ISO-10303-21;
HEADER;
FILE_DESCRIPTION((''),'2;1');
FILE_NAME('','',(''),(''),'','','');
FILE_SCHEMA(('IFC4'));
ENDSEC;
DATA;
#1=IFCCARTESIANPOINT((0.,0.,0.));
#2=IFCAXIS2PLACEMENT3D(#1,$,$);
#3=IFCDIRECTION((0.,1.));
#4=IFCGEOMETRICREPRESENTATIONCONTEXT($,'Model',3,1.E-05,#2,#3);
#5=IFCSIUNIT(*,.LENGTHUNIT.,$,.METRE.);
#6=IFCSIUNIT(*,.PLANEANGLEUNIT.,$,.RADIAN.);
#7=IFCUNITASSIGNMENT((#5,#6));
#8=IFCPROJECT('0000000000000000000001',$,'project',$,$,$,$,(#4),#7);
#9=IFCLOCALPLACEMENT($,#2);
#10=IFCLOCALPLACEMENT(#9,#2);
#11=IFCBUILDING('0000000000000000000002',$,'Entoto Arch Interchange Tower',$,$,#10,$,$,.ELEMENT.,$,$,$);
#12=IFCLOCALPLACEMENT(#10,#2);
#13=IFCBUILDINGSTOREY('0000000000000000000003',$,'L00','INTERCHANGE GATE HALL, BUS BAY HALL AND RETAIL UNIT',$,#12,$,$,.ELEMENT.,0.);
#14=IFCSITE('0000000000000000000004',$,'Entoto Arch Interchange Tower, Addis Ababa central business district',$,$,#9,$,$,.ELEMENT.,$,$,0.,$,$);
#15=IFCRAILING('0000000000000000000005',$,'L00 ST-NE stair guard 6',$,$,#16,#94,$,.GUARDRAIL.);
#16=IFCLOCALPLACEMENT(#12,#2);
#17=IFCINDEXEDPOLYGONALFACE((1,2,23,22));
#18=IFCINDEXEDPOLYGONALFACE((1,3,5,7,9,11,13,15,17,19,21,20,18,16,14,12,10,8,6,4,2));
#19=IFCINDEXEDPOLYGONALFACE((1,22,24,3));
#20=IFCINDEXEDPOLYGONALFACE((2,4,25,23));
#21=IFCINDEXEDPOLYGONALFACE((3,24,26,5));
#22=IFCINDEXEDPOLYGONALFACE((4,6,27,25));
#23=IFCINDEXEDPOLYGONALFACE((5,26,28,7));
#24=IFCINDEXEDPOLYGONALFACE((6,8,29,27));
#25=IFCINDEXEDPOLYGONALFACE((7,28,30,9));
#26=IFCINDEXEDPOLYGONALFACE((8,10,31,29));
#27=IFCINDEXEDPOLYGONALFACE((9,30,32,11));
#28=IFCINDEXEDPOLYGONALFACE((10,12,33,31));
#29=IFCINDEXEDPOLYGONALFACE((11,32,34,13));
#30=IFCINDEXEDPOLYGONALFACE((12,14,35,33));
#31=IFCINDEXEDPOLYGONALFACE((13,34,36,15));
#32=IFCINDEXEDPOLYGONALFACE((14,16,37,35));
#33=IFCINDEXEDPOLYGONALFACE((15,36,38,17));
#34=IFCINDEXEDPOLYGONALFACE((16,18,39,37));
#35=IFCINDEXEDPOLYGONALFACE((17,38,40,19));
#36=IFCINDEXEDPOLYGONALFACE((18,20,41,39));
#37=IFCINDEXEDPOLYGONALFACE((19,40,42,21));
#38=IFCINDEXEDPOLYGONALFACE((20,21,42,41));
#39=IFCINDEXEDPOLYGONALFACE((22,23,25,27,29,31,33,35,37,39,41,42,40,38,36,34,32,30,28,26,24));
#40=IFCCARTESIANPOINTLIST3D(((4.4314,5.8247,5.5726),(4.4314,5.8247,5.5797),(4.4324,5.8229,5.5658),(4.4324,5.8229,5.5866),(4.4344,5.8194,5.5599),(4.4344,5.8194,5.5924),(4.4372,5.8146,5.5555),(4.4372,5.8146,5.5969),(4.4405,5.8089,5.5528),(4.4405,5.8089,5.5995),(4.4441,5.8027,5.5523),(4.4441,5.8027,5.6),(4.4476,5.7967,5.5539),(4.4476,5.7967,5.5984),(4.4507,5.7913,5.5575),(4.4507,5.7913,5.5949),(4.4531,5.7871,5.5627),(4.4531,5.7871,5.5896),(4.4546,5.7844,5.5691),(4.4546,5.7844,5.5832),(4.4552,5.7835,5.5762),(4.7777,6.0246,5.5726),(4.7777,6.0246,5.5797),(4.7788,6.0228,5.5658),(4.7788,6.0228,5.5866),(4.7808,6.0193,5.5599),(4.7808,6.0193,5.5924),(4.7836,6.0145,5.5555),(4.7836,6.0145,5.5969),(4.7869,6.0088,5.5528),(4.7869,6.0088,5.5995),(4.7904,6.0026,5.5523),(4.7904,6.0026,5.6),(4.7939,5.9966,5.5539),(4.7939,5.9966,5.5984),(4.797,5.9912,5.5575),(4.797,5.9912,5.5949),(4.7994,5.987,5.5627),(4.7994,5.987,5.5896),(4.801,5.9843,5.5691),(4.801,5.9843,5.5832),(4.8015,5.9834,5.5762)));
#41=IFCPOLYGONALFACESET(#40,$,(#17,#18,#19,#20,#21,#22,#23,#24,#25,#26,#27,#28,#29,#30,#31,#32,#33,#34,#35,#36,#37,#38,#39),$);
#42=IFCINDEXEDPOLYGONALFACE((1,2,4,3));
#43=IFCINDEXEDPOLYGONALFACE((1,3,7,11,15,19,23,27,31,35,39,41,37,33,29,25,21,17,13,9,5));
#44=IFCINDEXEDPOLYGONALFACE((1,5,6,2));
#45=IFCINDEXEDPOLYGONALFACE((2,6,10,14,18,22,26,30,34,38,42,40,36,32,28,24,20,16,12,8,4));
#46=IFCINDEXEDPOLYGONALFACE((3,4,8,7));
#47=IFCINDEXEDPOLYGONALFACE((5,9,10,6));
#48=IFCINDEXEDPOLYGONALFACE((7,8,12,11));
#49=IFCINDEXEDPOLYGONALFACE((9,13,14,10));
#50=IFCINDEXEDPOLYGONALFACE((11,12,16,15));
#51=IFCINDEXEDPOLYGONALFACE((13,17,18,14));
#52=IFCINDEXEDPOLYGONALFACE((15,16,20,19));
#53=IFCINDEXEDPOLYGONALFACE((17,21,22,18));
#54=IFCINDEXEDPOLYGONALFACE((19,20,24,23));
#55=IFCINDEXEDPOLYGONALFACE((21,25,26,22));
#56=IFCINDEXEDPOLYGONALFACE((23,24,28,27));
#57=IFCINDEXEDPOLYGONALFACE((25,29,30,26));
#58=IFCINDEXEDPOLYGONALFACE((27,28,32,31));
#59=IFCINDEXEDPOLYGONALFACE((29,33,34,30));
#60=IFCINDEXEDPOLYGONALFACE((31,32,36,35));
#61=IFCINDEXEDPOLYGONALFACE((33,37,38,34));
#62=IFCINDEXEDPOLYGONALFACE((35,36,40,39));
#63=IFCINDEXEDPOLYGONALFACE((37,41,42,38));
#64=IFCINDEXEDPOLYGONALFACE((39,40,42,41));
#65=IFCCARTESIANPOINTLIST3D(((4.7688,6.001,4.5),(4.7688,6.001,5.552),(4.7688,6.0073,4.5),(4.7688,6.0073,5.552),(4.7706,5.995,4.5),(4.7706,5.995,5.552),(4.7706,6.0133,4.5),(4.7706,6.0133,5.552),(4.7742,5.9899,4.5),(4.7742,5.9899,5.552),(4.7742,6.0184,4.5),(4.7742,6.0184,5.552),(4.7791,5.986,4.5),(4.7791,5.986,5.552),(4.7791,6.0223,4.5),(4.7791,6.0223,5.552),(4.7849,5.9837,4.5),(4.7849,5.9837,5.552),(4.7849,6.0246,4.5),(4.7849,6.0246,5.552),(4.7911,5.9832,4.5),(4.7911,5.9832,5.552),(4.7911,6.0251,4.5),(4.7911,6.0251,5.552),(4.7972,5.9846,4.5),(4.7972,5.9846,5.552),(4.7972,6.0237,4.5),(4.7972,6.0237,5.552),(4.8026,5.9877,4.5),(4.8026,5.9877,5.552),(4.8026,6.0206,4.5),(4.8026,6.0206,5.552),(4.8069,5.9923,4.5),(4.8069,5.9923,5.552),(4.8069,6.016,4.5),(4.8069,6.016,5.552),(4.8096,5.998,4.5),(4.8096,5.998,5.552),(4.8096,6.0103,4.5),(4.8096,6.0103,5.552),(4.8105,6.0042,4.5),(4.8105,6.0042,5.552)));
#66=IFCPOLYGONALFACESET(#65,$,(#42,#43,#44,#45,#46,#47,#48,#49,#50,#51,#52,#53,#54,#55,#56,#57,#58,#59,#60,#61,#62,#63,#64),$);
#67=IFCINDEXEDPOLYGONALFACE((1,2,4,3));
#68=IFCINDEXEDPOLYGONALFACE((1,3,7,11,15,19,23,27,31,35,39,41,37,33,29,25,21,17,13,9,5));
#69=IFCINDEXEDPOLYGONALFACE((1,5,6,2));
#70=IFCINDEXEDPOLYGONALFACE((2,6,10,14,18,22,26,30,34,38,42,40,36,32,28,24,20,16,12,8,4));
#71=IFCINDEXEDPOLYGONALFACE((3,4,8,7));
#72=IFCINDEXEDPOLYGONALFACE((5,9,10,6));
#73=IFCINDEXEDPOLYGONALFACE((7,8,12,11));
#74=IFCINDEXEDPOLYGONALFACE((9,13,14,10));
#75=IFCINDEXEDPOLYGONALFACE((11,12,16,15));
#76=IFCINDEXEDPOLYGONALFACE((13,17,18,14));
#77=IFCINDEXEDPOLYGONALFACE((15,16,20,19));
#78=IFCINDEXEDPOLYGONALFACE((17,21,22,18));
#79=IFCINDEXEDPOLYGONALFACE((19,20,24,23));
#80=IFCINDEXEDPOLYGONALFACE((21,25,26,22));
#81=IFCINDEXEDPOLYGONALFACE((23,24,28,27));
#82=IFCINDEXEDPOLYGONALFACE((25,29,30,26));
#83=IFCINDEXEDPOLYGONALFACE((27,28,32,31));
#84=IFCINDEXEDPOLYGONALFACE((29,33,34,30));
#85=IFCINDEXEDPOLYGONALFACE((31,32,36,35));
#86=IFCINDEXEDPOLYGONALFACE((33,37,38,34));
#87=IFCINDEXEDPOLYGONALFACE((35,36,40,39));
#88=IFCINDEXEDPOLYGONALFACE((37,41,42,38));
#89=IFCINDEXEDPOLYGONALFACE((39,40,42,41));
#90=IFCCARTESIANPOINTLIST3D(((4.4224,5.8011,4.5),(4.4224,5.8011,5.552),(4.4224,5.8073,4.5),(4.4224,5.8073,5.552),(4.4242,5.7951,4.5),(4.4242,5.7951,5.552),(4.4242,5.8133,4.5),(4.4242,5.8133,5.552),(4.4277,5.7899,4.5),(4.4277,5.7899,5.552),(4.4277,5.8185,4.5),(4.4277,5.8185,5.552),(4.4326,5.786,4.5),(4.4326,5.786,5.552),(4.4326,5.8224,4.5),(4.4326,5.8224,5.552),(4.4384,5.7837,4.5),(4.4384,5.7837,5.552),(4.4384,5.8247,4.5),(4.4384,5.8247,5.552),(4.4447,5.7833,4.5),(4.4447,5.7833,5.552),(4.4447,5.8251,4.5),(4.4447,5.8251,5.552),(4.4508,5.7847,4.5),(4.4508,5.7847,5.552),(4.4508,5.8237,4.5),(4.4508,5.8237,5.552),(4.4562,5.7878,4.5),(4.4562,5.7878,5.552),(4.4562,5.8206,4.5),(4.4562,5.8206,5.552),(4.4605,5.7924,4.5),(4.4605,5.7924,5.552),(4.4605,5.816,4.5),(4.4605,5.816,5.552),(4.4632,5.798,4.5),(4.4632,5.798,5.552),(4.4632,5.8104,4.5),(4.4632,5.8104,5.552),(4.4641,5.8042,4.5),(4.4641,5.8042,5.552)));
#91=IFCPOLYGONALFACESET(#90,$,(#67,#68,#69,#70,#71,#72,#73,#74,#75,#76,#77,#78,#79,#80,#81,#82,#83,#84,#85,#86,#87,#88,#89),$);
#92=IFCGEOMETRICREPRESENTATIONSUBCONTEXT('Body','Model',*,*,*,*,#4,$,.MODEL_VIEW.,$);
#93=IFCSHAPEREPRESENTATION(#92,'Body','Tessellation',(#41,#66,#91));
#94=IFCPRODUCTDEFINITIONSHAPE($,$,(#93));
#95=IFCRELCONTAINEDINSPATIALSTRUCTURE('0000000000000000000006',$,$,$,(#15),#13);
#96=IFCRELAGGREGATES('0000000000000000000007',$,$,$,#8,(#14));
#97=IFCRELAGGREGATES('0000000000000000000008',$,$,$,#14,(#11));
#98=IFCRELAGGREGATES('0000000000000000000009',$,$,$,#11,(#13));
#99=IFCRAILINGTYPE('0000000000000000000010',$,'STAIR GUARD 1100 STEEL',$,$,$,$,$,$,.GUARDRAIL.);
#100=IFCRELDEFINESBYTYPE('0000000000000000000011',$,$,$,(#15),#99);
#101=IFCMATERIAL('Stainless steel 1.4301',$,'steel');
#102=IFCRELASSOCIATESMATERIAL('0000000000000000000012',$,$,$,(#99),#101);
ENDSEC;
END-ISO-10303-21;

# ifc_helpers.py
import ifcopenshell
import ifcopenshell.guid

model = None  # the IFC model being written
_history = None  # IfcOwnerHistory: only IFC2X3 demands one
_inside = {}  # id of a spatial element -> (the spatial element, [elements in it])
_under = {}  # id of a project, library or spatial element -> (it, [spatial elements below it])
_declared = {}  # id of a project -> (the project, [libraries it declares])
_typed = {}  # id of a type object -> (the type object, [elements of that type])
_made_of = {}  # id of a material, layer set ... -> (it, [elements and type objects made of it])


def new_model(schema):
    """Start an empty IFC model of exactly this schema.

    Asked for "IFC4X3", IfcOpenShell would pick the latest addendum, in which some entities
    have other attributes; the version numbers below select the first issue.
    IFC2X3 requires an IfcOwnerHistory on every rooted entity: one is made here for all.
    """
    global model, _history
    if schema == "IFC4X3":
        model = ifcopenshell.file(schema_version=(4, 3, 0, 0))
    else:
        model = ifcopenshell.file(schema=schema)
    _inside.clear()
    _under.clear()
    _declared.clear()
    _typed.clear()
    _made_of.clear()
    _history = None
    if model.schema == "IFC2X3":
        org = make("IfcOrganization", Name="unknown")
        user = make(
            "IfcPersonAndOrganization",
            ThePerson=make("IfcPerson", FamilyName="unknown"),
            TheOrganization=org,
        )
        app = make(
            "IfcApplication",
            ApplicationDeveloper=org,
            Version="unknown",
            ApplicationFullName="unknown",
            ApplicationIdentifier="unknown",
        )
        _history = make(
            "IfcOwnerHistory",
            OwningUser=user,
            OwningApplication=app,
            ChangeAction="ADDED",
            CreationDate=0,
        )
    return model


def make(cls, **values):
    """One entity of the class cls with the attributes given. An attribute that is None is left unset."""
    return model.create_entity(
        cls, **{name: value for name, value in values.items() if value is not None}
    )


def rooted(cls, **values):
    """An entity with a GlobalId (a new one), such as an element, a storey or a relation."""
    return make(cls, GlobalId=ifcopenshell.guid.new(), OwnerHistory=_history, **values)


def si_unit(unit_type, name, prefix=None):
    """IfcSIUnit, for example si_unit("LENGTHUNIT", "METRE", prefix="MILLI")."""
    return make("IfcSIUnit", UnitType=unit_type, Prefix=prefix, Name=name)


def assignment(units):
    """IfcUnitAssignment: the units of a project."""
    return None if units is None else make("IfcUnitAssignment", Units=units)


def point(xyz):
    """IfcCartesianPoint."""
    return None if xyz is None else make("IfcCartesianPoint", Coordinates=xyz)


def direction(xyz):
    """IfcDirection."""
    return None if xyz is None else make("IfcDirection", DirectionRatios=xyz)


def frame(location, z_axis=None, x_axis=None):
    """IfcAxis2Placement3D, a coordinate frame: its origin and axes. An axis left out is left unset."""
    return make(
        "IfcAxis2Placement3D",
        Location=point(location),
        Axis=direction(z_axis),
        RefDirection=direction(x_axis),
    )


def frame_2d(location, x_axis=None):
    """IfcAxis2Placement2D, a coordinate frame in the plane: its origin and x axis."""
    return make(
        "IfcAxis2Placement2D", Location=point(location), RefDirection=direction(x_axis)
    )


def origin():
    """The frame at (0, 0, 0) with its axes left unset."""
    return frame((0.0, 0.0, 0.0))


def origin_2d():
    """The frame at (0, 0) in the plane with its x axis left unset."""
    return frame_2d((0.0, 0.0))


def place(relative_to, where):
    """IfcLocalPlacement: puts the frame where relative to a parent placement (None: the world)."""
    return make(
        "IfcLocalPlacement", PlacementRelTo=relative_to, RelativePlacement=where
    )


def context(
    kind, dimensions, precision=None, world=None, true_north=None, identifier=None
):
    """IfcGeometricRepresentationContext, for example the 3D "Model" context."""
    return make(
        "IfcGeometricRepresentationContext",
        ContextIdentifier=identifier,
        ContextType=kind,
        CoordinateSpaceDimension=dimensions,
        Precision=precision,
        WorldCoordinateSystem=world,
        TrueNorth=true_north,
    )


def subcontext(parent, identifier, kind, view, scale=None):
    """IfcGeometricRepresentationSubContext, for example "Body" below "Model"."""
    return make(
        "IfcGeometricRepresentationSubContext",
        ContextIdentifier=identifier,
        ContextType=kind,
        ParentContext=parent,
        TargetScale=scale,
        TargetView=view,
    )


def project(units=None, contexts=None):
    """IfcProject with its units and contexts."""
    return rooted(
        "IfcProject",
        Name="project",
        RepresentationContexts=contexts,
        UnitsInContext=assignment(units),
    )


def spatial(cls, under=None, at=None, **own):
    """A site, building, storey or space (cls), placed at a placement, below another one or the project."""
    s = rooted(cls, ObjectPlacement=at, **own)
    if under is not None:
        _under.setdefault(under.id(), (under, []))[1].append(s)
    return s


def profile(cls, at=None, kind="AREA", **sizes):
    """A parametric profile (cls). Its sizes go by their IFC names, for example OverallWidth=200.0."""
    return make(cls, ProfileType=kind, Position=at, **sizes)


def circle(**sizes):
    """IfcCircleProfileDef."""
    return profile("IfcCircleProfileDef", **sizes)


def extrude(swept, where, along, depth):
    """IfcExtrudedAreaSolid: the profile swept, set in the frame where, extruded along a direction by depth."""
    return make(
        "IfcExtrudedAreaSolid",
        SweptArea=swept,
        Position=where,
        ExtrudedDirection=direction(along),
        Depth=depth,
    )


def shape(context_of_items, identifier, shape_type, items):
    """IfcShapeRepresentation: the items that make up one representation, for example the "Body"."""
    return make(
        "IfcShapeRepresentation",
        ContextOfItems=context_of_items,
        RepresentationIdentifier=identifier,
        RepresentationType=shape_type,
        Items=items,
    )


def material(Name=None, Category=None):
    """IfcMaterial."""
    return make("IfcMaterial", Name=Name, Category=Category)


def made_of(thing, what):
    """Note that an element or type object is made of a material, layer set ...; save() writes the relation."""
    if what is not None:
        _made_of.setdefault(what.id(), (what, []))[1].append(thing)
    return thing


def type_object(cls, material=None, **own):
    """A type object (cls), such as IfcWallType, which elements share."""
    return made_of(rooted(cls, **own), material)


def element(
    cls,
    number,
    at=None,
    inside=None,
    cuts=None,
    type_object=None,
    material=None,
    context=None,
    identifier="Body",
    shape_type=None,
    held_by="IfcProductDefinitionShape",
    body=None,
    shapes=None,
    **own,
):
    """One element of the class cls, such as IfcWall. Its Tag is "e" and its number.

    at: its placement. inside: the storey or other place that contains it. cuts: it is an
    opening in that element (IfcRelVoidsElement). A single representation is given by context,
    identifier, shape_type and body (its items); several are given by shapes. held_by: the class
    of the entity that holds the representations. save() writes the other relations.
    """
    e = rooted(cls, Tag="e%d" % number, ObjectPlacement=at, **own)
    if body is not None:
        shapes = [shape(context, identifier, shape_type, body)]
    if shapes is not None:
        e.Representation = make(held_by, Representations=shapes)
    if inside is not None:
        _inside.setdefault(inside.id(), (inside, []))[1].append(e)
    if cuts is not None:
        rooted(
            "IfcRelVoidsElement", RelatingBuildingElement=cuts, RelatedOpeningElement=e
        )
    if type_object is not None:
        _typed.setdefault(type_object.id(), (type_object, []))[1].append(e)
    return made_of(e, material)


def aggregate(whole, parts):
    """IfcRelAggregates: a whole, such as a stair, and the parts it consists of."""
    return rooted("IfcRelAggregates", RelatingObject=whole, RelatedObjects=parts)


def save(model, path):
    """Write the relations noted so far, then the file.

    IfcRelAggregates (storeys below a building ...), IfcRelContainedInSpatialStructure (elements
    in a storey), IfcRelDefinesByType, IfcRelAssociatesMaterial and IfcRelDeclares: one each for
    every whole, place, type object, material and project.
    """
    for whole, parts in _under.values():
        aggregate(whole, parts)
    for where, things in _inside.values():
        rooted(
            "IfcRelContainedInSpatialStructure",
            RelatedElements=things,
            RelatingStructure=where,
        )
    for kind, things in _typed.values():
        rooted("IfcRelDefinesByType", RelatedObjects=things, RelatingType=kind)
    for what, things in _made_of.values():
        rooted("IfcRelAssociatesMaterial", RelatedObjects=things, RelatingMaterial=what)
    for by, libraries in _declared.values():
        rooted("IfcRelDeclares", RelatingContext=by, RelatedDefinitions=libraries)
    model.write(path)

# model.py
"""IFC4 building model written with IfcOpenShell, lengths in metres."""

from ifc_helpers import new_model, si_unit, direction, frame, origin, origin_2d, place, context, subcontext, project, spatial, circle, extrude, material, type_object, element, save


model = new_model("IFC4")

# Units and contexts
model_context = context("Model", 3, precision=1e-05, world=origin(), true_north=direction((0.0, 1.0)))
body_context = subcontext(model_context, "Body", "Model", "MODEL_VIEW")
ifc_project = project(units=[si_unit("LENGTHUNIT", "METRE"), si_unit("PLANEANGLEUNIT", "RADIAN")], contexts=[model_context])

# Site, building, storey
site_placement = place(None, origin())
site = spatial("IfcSite", under=ifc_project, at=site_placement, Name="Entoto Arch Interchange Tower, Addis Ababa central business district", CompositionType="ELEMENT", RefElevation=0.0)
building_placement = place(site_placement, origin())
building = spatial("IfcBuilding", under=site, at=building_placement, Name="Entoto Arch Interchange Tower", CompositionType="ELEMENT")
storey_placement = place(building_placement, origin())
storey = spatial("IfcBuildingStorey", under=building, at=storey_placement, Name="L00", Description="INTERCHANGE GATE HALL, BUS BAY HALL AND RETAIL UNIT", CompositionType="ELEMENT", Elevation=0.0)

# Railing
ifc_material_1 = material(Name="Stainless steel 1.4301", Category="steel")
railing_type_1 = type_object("IfcRailingType", Name="STAIR GUARD 1100 STEEL", PredefinedType="GUARDRAIL", material=ifc_material_1)
railing_1_placement = place(storey_placement, frame((4.7896, 6.0042, 4.5)))
element("IfcRailing", 1, at=railing_1_placement, inside=storey, type_object=railing_type_1, Name="L00 ST-NE stair guard 6", PredefinedType="GUARDRAIL", context=body_context, shape_type="SweptSolid", body=[
    extrude(circle(Radius=0.0239, at=origin_2d()), frame((0.0, 0.0, 1.0762), z_axis=(-0.866094, -0.499881, 0.0), x_axis=(0.499881, -0.866094, 0.0)), (0.0, 0.0, 1.0), 0.3999),
    extrude(circle(Radius=0.021, at=origin_2d()), origin(), (0.0, 0.0, 1.0), 1.052),
    extrude(circle(Radius=0.021, at=origin_2d()), frame((-0.3464, -0.2, 0.0)), (0.0, 0.0, 1.0), 1.052),
])

save(model, "model.ifc")
